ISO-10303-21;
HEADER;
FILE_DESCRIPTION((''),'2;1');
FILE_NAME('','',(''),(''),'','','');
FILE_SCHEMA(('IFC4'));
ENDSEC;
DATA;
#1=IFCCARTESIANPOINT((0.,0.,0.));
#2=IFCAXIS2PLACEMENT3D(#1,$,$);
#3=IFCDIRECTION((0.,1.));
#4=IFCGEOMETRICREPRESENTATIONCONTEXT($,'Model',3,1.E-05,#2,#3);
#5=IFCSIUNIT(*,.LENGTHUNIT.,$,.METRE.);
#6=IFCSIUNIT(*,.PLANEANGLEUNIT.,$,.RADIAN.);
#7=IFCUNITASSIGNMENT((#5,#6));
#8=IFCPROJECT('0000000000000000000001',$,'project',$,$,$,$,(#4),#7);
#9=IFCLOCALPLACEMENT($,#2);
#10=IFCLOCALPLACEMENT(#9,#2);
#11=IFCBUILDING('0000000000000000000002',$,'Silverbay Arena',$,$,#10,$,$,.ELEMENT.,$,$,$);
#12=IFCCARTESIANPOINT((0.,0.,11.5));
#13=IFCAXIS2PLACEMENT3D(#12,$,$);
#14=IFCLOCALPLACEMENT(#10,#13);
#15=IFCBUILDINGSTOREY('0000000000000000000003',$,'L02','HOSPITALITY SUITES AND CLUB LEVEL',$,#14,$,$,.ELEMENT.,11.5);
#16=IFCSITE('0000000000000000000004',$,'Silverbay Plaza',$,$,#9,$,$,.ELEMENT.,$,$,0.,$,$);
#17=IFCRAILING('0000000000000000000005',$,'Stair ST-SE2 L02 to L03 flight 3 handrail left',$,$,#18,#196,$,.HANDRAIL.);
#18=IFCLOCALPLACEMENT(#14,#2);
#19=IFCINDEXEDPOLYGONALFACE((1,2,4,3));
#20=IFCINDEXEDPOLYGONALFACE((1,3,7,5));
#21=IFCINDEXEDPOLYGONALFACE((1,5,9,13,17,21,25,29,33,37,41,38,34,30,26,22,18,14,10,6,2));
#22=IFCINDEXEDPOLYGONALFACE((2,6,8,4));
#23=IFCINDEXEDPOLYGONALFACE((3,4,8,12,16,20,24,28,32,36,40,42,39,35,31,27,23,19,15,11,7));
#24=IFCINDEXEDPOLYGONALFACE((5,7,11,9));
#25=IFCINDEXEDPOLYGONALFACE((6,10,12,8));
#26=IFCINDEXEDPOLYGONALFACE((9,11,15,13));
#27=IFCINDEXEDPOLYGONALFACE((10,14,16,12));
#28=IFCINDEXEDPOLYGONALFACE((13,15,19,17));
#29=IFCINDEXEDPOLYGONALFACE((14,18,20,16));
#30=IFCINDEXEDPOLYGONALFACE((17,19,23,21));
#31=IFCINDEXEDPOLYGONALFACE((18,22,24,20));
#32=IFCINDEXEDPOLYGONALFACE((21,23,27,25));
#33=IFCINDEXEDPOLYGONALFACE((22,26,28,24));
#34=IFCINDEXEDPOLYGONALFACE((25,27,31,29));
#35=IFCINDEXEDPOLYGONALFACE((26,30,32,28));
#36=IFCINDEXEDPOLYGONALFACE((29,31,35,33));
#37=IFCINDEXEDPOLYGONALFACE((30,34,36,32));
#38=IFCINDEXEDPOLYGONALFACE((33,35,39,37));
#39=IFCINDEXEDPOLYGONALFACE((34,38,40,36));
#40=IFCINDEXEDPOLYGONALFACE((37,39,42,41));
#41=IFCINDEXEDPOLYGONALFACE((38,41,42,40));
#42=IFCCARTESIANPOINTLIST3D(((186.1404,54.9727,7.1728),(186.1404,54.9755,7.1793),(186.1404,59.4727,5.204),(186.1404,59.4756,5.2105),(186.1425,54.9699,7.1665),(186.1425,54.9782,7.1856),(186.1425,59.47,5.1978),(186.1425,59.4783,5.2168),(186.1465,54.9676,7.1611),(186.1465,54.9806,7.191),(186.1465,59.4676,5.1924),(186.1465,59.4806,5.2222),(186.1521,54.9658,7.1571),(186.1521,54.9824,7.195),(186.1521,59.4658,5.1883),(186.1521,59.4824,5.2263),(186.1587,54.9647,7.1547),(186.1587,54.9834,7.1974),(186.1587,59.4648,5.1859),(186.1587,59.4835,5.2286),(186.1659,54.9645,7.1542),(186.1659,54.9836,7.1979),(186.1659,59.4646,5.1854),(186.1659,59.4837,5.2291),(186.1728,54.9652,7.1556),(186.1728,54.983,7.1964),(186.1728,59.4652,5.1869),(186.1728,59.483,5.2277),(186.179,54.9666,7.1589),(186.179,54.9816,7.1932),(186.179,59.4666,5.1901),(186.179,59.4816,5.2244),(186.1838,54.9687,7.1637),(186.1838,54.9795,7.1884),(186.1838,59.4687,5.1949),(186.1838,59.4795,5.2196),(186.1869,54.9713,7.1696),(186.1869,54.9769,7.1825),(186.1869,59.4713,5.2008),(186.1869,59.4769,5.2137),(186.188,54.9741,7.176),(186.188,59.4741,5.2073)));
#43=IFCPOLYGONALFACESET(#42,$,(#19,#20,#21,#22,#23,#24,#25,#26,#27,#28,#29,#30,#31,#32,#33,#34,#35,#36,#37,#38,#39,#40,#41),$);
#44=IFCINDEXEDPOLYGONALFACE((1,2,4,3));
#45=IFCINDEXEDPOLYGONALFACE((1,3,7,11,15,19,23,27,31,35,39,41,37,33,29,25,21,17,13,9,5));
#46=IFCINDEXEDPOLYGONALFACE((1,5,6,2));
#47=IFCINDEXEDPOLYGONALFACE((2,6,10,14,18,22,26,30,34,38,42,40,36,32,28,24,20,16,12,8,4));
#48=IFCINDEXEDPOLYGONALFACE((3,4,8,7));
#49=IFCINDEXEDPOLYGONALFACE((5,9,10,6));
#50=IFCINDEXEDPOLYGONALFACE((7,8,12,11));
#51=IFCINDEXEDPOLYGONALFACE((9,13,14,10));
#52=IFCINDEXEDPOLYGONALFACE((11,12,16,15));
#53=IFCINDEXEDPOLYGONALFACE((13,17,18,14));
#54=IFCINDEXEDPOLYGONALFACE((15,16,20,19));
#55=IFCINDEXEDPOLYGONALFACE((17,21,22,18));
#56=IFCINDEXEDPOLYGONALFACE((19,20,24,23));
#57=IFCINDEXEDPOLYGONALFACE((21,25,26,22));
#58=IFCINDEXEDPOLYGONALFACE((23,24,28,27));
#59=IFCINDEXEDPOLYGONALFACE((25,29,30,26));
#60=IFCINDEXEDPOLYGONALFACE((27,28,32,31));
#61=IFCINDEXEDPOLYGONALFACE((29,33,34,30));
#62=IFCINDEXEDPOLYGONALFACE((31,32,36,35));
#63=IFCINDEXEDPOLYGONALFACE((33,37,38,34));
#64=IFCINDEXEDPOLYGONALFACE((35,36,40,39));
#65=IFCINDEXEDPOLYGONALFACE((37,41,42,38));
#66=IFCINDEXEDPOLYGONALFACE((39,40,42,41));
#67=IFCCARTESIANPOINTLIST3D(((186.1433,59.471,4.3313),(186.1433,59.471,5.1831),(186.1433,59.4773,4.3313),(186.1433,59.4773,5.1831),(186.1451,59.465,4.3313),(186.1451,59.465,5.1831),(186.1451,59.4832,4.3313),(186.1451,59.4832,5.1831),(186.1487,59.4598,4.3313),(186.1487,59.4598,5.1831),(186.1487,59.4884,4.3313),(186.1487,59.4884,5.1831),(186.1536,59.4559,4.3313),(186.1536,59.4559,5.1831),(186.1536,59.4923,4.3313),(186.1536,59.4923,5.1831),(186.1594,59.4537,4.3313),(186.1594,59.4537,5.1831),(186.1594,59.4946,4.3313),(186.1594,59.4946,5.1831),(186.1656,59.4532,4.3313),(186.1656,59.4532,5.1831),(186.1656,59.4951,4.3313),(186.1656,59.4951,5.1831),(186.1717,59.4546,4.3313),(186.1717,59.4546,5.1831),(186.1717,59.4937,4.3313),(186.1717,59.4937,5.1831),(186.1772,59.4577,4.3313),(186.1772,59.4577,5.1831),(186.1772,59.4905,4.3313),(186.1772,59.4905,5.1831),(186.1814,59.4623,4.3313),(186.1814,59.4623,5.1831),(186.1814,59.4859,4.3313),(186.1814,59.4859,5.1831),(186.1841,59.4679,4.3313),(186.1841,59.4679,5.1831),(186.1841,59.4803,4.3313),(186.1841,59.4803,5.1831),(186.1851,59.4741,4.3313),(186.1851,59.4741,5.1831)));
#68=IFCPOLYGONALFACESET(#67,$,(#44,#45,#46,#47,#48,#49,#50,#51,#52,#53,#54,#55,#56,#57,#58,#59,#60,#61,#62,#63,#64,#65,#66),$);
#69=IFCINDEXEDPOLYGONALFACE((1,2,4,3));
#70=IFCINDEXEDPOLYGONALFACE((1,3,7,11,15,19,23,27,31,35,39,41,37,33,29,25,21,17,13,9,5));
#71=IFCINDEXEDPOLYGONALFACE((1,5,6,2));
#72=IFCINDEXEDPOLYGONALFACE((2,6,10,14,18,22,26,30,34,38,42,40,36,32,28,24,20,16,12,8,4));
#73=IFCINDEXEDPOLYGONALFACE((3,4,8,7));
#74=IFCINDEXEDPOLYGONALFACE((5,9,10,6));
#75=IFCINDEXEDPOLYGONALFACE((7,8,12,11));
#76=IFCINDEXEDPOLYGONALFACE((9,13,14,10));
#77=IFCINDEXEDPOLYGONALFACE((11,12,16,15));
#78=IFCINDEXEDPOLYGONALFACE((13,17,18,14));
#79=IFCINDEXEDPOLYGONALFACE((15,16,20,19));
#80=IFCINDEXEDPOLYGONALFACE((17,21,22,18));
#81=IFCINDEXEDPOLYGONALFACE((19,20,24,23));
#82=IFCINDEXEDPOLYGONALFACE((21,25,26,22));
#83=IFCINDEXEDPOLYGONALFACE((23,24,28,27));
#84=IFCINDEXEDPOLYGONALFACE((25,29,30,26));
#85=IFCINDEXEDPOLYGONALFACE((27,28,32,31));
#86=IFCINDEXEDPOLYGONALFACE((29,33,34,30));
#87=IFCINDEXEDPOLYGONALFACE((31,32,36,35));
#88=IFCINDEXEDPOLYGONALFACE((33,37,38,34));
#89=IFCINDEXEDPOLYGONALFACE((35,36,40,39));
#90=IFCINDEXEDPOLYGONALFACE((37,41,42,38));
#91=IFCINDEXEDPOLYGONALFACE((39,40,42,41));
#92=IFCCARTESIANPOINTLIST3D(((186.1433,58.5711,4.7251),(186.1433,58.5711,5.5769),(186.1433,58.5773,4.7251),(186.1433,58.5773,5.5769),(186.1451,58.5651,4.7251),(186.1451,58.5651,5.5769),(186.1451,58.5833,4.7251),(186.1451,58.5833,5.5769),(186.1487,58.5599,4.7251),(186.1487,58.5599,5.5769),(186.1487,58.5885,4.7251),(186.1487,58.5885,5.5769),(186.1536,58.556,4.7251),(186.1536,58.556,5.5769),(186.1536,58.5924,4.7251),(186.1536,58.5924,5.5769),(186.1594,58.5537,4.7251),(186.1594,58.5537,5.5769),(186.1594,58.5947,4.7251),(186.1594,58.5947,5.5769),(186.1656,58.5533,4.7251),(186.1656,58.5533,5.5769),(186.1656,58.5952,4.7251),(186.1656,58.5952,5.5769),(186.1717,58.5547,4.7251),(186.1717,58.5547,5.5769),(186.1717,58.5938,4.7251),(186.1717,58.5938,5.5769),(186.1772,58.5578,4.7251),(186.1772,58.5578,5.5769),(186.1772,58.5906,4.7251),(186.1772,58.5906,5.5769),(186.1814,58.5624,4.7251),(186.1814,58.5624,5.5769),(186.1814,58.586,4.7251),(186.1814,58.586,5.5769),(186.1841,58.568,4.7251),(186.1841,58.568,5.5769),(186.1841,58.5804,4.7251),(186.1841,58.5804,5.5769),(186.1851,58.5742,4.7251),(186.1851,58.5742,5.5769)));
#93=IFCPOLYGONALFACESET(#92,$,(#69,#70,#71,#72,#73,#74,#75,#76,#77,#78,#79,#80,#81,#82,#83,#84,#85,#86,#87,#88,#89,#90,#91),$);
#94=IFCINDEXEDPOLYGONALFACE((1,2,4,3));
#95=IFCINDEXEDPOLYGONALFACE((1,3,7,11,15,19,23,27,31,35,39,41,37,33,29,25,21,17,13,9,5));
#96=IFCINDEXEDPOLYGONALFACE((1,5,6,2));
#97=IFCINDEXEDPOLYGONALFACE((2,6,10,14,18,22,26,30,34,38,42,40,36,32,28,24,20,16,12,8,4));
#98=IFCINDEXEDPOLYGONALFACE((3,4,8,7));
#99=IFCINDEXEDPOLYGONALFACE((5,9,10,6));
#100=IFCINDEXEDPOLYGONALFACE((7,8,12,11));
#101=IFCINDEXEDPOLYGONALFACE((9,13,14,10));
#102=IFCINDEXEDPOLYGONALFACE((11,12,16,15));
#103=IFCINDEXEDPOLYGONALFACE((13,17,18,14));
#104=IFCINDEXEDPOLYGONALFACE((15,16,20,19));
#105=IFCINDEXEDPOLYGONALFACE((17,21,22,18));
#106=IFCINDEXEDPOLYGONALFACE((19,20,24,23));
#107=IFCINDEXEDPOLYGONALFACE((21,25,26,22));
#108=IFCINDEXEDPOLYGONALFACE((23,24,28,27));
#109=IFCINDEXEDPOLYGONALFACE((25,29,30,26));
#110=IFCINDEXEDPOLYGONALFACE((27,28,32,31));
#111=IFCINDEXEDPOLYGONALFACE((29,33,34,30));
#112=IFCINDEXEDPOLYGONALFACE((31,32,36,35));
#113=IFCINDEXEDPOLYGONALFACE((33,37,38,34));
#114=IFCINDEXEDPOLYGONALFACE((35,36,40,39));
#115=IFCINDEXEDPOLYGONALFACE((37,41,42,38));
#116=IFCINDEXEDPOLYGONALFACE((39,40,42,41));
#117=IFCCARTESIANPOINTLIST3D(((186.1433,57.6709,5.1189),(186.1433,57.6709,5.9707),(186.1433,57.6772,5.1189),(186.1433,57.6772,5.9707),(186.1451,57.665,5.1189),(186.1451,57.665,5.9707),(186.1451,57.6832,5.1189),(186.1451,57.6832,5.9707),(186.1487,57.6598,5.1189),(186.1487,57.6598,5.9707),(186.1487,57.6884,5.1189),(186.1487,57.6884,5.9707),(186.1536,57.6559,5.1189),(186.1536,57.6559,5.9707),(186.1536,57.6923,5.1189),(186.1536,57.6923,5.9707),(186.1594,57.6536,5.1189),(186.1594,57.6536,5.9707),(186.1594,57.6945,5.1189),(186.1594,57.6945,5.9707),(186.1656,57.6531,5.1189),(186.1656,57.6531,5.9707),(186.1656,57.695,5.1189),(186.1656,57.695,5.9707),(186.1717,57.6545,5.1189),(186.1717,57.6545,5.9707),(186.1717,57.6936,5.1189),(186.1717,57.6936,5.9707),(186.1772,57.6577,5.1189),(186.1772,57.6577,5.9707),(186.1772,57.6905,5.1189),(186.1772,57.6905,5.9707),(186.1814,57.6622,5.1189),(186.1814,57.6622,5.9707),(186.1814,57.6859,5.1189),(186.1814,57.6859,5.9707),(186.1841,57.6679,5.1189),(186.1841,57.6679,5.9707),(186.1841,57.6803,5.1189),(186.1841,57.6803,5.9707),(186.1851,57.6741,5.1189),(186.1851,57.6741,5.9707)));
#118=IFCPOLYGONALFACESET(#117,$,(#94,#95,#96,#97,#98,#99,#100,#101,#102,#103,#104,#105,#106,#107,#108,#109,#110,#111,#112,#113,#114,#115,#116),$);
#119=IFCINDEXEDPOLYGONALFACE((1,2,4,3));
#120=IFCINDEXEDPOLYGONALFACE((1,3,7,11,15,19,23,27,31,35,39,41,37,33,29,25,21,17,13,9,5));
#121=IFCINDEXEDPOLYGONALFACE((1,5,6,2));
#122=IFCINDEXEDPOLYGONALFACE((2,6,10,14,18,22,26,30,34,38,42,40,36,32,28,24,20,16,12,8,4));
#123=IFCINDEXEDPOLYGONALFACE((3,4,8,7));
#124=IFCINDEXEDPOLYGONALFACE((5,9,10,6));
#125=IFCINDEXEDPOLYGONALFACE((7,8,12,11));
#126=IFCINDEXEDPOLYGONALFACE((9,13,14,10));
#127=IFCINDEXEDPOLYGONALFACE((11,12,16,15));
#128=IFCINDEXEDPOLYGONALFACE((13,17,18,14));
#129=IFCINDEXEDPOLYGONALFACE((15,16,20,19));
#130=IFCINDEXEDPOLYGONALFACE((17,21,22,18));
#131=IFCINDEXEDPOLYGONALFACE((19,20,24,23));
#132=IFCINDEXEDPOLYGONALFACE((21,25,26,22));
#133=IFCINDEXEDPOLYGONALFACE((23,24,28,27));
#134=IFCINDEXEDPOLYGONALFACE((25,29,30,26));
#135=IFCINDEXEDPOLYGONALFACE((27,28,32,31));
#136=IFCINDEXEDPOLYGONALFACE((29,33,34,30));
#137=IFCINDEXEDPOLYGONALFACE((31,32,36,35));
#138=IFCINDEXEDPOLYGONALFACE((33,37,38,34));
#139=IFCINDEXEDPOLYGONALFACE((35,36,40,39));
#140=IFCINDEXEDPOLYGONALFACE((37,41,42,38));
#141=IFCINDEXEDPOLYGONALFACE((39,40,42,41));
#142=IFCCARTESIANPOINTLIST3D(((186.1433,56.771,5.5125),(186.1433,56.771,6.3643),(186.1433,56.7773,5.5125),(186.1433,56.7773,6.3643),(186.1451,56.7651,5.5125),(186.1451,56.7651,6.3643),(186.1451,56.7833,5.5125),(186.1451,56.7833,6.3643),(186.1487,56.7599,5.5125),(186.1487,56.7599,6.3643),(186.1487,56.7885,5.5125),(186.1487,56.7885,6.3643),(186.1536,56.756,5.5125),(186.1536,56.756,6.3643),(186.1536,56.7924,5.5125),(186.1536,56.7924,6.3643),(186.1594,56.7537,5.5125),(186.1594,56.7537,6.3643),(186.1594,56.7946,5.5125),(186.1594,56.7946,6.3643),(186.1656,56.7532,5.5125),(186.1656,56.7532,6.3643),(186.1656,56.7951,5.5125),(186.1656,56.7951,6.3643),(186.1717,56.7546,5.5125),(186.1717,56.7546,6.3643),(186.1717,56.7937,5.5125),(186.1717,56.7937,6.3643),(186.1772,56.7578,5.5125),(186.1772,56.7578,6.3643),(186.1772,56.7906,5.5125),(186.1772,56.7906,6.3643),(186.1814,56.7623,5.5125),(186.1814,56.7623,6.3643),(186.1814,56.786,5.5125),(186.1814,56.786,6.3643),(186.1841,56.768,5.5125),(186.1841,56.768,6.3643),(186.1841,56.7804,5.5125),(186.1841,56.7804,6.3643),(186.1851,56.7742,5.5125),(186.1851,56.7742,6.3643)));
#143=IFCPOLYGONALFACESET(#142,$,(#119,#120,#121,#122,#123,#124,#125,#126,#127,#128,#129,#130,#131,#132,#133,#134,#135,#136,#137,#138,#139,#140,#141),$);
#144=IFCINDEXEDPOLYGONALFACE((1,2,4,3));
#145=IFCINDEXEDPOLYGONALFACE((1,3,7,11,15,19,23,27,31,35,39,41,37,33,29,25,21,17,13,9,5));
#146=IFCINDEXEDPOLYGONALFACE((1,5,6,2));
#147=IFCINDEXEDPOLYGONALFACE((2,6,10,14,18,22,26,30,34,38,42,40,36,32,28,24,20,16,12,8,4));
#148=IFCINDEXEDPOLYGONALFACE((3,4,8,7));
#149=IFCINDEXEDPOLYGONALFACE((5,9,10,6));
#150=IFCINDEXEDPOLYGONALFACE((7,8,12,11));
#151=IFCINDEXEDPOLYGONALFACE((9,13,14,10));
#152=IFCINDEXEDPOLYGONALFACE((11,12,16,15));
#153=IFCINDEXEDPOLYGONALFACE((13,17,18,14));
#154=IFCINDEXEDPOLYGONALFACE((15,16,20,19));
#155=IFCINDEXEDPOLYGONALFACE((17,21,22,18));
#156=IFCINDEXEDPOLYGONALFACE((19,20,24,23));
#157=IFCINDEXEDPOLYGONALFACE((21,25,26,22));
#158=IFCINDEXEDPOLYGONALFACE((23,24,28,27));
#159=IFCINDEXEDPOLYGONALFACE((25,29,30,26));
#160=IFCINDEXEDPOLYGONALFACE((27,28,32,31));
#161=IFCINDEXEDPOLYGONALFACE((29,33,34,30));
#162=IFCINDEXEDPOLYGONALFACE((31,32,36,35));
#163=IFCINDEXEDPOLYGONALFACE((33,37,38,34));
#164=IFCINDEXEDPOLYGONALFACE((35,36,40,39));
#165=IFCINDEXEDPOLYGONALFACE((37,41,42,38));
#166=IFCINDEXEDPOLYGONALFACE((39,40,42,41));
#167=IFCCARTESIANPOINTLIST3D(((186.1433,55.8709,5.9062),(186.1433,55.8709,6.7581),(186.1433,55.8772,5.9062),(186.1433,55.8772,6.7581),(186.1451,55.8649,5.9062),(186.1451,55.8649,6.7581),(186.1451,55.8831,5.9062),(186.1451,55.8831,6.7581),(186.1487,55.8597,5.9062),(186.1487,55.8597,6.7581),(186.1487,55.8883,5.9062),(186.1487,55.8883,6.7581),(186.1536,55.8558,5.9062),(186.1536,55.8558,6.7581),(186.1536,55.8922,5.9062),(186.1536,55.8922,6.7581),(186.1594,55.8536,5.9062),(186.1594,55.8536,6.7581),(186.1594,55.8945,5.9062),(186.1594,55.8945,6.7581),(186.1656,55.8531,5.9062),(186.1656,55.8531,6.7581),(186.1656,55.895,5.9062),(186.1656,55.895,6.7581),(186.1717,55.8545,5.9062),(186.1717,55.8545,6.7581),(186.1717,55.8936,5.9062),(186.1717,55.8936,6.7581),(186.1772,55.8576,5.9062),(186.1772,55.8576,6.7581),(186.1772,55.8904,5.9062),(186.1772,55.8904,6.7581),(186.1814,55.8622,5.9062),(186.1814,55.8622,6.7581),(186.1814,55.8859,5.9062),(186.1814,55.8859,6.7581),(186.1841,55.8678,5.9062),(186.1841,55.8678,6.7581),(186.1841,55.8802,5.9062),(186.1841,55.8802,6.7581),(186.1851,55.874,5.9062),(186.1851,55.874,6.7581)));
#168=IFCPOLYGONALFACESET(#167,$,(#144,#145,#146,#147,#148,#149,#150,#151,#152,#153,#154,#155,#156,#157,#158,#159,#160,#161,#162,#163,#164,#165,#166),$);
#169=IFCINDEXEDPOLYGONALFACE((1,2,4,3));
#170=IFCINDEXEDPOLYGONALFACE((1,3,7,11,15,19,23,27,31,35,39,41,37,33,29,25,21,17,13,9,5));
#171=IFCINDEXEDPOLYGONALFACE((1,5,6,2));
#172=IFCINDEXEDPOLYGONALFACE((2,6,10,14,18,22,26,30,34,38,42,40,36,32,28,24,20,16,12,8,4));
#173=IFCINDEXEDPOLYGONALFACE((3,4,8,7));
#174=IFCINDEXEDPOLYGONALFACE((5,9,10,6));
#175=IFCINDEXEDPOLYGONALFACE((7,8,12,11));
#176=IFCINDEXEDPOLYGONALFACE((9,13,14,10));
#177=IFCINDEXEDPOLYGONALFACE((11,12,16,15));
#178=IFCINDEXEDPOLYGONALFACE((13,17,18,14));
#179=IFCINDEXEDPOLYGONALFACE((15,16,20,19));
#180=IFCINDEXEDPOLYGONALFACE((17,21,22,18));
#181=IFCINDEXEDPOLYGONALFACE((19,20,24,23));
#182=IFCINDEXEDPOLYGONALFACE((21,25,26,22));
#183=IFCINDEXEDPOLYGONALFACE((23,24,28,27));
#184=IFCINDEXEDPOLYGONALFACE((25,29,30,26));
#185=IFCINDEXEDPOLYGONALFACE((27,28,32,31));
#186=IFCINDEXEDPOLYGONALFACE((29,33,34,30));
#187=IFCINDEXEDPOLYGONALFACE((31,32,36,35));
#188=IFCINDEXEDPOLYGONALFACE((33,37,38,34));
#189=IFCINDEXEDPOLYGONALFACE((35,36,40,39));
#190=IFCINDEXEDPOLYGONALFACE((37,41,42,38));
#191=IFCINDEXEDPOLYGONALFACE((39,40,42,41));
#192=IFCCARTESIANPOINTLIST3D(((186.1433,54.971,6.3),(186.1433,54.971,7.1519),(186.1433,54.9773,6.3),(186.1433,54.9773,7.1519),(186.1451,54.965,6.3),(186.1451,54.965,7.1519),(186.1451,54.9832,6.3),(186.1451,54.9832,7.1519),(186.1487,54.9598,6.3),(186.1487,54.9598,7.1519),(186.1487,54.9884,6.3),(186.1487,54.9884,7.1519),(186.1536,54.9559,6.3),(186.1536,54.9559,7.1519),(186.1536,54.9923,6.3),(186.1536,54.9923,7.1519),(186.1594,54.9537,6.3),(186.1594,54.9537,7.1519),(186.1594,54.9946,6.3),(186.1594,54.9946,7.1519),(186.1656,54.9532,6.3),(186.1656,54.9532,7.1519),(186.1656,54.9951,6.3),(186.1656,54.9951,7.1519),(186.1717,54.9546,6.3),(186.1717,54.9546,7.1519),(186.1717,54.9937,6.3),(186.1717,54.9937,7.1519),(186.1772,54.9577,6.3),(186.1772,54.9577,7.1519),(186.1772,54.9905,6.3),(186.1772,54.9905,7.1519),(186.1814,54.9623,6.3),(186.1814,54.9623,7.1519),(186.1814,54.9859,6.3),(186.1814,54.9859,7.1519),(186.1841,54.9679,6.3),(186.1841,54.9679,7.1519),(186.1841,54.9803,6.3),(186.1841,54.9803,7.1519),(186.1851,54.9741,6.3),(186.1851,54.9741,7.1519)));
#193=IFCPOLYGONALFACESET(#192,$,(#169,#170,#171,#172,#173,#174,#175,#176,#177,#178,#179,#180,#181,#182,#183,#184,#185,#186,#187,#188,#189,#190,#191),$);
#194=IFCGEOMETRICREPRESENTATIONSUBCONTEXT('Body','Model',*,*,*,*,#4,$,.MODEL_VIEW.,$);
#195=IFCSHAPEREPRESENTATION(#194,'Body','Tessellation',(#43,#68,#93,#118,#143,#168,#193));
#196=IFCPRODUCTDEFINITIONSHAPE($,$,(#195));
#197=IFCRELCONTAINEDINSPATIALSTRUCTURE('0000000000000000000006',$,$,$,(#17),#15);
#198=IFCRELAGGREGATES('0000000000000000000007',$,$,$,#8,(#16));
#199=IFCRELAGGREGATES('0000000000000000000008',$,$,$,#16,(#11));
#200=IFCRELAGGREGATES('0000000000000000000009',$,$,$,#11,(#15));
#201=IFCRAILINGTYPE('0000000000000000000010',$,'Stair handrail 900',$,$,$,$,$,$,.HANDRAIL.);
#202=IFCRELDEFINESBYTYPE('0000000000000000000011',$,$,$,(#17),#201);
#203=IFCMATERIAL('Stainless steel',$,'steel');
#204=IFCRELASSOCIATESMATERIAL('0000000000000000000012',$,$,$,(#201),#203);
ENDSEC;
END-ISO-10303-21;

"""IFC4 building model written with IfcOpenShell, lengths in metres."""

from ifc_helpers import new_model, si_unit, direction, frame, origin, origin_2d, place, context, subcontext, project, spatial, circle, extrude, material, type_object, element, save


model = new_model("IFC4")

# Units and contexts
model_context = context("Model", 3, precision=1e-05, world=origin(), true_north=direction((0.0, 1.0)))
body_context = subcontext(model_context, "Body", "Model", "MODEL_VIEW")
ifc_project = project(units=[si_unit("LENGTHUNIT", "METRE"), si_unit("PLANEANGLEUNIT", "RADIAN")], contexts=[model_context])

# Site, building, storey
site_placement = place(None, origin())
site = spatial("IfcSite", under=ifc_project, at=site_placement, Name="Silverbay Plaza", CompositionType="ELEMENT", RefElevation=0.0)
building_placement = place(site_placement, origin())
building = spatial("IfcBuilding", under=site, at=building_placement, Name="Silverbay Arena", CompositionType="ELEMENT")
storey_placement = place(building_placement, frame((0.0, 0.0, 11.5)))
storey = spatial("IfcBuildingStorey", under=building, at=storey_placement, Name="L02", Description="HOSPITALITY SUITES AND CLUB LEVEL", CompositionType="ELEMENT", Elevation=11.5)

# Railing
ifc_material_1 = material(Name="Stainless steel", Category="steel")
railing_type_1 = type_object("IfcRailingType", Name="Stair handrail 900", PredefinedType="HANDRAIL", material=ifc_material_1)
for number, where, name in (
    (1, (186.1641, 59.4741, 4.3313), "Stair ST-SE2 L02 to L03 flight 3 handrail left"),
):
    element("IfcRailing", number, at=place(storey_placement, frame(where)), inside=storey, type_object=railing_type_1, Name=name, PredefinedType="HANDRAIL", context=body_context, shape_type="SweptSolid", body=[
        extrude(circle(Radius=0.0239, at=origin_2d()), frame((0.0, 0.0, 0.876), z_axis=(0.0, -0.916157, 0.400819), x_axis=(1.0, 0.0, 0.0)), (0.0, 0.0, 1.0), 4.9119),
        extrude(circle(Radius=0.021, at=origin_2d()), origin(), (0.0, 0.0, 1.0), 0.8518),
        extrude(circle(Radius=0.021, at=origin_2d()), frame((0.0, -0.8999, 0.3938)), (0.0, 0.0, 1.0), 0.8518),
        extrude(circle(Radius=0.021, at=origin_2d()), frame((0.0, -1.8, 0.7876)), (0.0, 0.0, 1.0), 0.8518),
        extrude(circle(Radius=0.021, at=origin_2d()), frame((0.0, -2.7, 1.1812)), (0.0, 0.0, 1.0), 0.8518),
        extrude(circle(Radius=0.021, at=origin_2d()), frame((0.0, -3.6001, 1.575)), (0.0, 0.0, 1.0), 0.8518),
        extrude(circle(Radius=0.021, at=origin_2d()), frame((0.0, -4.5, 1.9688)), (0.0, 0.0, 1.0), 0.8518),
    ])

save(model, "model.ifc")
